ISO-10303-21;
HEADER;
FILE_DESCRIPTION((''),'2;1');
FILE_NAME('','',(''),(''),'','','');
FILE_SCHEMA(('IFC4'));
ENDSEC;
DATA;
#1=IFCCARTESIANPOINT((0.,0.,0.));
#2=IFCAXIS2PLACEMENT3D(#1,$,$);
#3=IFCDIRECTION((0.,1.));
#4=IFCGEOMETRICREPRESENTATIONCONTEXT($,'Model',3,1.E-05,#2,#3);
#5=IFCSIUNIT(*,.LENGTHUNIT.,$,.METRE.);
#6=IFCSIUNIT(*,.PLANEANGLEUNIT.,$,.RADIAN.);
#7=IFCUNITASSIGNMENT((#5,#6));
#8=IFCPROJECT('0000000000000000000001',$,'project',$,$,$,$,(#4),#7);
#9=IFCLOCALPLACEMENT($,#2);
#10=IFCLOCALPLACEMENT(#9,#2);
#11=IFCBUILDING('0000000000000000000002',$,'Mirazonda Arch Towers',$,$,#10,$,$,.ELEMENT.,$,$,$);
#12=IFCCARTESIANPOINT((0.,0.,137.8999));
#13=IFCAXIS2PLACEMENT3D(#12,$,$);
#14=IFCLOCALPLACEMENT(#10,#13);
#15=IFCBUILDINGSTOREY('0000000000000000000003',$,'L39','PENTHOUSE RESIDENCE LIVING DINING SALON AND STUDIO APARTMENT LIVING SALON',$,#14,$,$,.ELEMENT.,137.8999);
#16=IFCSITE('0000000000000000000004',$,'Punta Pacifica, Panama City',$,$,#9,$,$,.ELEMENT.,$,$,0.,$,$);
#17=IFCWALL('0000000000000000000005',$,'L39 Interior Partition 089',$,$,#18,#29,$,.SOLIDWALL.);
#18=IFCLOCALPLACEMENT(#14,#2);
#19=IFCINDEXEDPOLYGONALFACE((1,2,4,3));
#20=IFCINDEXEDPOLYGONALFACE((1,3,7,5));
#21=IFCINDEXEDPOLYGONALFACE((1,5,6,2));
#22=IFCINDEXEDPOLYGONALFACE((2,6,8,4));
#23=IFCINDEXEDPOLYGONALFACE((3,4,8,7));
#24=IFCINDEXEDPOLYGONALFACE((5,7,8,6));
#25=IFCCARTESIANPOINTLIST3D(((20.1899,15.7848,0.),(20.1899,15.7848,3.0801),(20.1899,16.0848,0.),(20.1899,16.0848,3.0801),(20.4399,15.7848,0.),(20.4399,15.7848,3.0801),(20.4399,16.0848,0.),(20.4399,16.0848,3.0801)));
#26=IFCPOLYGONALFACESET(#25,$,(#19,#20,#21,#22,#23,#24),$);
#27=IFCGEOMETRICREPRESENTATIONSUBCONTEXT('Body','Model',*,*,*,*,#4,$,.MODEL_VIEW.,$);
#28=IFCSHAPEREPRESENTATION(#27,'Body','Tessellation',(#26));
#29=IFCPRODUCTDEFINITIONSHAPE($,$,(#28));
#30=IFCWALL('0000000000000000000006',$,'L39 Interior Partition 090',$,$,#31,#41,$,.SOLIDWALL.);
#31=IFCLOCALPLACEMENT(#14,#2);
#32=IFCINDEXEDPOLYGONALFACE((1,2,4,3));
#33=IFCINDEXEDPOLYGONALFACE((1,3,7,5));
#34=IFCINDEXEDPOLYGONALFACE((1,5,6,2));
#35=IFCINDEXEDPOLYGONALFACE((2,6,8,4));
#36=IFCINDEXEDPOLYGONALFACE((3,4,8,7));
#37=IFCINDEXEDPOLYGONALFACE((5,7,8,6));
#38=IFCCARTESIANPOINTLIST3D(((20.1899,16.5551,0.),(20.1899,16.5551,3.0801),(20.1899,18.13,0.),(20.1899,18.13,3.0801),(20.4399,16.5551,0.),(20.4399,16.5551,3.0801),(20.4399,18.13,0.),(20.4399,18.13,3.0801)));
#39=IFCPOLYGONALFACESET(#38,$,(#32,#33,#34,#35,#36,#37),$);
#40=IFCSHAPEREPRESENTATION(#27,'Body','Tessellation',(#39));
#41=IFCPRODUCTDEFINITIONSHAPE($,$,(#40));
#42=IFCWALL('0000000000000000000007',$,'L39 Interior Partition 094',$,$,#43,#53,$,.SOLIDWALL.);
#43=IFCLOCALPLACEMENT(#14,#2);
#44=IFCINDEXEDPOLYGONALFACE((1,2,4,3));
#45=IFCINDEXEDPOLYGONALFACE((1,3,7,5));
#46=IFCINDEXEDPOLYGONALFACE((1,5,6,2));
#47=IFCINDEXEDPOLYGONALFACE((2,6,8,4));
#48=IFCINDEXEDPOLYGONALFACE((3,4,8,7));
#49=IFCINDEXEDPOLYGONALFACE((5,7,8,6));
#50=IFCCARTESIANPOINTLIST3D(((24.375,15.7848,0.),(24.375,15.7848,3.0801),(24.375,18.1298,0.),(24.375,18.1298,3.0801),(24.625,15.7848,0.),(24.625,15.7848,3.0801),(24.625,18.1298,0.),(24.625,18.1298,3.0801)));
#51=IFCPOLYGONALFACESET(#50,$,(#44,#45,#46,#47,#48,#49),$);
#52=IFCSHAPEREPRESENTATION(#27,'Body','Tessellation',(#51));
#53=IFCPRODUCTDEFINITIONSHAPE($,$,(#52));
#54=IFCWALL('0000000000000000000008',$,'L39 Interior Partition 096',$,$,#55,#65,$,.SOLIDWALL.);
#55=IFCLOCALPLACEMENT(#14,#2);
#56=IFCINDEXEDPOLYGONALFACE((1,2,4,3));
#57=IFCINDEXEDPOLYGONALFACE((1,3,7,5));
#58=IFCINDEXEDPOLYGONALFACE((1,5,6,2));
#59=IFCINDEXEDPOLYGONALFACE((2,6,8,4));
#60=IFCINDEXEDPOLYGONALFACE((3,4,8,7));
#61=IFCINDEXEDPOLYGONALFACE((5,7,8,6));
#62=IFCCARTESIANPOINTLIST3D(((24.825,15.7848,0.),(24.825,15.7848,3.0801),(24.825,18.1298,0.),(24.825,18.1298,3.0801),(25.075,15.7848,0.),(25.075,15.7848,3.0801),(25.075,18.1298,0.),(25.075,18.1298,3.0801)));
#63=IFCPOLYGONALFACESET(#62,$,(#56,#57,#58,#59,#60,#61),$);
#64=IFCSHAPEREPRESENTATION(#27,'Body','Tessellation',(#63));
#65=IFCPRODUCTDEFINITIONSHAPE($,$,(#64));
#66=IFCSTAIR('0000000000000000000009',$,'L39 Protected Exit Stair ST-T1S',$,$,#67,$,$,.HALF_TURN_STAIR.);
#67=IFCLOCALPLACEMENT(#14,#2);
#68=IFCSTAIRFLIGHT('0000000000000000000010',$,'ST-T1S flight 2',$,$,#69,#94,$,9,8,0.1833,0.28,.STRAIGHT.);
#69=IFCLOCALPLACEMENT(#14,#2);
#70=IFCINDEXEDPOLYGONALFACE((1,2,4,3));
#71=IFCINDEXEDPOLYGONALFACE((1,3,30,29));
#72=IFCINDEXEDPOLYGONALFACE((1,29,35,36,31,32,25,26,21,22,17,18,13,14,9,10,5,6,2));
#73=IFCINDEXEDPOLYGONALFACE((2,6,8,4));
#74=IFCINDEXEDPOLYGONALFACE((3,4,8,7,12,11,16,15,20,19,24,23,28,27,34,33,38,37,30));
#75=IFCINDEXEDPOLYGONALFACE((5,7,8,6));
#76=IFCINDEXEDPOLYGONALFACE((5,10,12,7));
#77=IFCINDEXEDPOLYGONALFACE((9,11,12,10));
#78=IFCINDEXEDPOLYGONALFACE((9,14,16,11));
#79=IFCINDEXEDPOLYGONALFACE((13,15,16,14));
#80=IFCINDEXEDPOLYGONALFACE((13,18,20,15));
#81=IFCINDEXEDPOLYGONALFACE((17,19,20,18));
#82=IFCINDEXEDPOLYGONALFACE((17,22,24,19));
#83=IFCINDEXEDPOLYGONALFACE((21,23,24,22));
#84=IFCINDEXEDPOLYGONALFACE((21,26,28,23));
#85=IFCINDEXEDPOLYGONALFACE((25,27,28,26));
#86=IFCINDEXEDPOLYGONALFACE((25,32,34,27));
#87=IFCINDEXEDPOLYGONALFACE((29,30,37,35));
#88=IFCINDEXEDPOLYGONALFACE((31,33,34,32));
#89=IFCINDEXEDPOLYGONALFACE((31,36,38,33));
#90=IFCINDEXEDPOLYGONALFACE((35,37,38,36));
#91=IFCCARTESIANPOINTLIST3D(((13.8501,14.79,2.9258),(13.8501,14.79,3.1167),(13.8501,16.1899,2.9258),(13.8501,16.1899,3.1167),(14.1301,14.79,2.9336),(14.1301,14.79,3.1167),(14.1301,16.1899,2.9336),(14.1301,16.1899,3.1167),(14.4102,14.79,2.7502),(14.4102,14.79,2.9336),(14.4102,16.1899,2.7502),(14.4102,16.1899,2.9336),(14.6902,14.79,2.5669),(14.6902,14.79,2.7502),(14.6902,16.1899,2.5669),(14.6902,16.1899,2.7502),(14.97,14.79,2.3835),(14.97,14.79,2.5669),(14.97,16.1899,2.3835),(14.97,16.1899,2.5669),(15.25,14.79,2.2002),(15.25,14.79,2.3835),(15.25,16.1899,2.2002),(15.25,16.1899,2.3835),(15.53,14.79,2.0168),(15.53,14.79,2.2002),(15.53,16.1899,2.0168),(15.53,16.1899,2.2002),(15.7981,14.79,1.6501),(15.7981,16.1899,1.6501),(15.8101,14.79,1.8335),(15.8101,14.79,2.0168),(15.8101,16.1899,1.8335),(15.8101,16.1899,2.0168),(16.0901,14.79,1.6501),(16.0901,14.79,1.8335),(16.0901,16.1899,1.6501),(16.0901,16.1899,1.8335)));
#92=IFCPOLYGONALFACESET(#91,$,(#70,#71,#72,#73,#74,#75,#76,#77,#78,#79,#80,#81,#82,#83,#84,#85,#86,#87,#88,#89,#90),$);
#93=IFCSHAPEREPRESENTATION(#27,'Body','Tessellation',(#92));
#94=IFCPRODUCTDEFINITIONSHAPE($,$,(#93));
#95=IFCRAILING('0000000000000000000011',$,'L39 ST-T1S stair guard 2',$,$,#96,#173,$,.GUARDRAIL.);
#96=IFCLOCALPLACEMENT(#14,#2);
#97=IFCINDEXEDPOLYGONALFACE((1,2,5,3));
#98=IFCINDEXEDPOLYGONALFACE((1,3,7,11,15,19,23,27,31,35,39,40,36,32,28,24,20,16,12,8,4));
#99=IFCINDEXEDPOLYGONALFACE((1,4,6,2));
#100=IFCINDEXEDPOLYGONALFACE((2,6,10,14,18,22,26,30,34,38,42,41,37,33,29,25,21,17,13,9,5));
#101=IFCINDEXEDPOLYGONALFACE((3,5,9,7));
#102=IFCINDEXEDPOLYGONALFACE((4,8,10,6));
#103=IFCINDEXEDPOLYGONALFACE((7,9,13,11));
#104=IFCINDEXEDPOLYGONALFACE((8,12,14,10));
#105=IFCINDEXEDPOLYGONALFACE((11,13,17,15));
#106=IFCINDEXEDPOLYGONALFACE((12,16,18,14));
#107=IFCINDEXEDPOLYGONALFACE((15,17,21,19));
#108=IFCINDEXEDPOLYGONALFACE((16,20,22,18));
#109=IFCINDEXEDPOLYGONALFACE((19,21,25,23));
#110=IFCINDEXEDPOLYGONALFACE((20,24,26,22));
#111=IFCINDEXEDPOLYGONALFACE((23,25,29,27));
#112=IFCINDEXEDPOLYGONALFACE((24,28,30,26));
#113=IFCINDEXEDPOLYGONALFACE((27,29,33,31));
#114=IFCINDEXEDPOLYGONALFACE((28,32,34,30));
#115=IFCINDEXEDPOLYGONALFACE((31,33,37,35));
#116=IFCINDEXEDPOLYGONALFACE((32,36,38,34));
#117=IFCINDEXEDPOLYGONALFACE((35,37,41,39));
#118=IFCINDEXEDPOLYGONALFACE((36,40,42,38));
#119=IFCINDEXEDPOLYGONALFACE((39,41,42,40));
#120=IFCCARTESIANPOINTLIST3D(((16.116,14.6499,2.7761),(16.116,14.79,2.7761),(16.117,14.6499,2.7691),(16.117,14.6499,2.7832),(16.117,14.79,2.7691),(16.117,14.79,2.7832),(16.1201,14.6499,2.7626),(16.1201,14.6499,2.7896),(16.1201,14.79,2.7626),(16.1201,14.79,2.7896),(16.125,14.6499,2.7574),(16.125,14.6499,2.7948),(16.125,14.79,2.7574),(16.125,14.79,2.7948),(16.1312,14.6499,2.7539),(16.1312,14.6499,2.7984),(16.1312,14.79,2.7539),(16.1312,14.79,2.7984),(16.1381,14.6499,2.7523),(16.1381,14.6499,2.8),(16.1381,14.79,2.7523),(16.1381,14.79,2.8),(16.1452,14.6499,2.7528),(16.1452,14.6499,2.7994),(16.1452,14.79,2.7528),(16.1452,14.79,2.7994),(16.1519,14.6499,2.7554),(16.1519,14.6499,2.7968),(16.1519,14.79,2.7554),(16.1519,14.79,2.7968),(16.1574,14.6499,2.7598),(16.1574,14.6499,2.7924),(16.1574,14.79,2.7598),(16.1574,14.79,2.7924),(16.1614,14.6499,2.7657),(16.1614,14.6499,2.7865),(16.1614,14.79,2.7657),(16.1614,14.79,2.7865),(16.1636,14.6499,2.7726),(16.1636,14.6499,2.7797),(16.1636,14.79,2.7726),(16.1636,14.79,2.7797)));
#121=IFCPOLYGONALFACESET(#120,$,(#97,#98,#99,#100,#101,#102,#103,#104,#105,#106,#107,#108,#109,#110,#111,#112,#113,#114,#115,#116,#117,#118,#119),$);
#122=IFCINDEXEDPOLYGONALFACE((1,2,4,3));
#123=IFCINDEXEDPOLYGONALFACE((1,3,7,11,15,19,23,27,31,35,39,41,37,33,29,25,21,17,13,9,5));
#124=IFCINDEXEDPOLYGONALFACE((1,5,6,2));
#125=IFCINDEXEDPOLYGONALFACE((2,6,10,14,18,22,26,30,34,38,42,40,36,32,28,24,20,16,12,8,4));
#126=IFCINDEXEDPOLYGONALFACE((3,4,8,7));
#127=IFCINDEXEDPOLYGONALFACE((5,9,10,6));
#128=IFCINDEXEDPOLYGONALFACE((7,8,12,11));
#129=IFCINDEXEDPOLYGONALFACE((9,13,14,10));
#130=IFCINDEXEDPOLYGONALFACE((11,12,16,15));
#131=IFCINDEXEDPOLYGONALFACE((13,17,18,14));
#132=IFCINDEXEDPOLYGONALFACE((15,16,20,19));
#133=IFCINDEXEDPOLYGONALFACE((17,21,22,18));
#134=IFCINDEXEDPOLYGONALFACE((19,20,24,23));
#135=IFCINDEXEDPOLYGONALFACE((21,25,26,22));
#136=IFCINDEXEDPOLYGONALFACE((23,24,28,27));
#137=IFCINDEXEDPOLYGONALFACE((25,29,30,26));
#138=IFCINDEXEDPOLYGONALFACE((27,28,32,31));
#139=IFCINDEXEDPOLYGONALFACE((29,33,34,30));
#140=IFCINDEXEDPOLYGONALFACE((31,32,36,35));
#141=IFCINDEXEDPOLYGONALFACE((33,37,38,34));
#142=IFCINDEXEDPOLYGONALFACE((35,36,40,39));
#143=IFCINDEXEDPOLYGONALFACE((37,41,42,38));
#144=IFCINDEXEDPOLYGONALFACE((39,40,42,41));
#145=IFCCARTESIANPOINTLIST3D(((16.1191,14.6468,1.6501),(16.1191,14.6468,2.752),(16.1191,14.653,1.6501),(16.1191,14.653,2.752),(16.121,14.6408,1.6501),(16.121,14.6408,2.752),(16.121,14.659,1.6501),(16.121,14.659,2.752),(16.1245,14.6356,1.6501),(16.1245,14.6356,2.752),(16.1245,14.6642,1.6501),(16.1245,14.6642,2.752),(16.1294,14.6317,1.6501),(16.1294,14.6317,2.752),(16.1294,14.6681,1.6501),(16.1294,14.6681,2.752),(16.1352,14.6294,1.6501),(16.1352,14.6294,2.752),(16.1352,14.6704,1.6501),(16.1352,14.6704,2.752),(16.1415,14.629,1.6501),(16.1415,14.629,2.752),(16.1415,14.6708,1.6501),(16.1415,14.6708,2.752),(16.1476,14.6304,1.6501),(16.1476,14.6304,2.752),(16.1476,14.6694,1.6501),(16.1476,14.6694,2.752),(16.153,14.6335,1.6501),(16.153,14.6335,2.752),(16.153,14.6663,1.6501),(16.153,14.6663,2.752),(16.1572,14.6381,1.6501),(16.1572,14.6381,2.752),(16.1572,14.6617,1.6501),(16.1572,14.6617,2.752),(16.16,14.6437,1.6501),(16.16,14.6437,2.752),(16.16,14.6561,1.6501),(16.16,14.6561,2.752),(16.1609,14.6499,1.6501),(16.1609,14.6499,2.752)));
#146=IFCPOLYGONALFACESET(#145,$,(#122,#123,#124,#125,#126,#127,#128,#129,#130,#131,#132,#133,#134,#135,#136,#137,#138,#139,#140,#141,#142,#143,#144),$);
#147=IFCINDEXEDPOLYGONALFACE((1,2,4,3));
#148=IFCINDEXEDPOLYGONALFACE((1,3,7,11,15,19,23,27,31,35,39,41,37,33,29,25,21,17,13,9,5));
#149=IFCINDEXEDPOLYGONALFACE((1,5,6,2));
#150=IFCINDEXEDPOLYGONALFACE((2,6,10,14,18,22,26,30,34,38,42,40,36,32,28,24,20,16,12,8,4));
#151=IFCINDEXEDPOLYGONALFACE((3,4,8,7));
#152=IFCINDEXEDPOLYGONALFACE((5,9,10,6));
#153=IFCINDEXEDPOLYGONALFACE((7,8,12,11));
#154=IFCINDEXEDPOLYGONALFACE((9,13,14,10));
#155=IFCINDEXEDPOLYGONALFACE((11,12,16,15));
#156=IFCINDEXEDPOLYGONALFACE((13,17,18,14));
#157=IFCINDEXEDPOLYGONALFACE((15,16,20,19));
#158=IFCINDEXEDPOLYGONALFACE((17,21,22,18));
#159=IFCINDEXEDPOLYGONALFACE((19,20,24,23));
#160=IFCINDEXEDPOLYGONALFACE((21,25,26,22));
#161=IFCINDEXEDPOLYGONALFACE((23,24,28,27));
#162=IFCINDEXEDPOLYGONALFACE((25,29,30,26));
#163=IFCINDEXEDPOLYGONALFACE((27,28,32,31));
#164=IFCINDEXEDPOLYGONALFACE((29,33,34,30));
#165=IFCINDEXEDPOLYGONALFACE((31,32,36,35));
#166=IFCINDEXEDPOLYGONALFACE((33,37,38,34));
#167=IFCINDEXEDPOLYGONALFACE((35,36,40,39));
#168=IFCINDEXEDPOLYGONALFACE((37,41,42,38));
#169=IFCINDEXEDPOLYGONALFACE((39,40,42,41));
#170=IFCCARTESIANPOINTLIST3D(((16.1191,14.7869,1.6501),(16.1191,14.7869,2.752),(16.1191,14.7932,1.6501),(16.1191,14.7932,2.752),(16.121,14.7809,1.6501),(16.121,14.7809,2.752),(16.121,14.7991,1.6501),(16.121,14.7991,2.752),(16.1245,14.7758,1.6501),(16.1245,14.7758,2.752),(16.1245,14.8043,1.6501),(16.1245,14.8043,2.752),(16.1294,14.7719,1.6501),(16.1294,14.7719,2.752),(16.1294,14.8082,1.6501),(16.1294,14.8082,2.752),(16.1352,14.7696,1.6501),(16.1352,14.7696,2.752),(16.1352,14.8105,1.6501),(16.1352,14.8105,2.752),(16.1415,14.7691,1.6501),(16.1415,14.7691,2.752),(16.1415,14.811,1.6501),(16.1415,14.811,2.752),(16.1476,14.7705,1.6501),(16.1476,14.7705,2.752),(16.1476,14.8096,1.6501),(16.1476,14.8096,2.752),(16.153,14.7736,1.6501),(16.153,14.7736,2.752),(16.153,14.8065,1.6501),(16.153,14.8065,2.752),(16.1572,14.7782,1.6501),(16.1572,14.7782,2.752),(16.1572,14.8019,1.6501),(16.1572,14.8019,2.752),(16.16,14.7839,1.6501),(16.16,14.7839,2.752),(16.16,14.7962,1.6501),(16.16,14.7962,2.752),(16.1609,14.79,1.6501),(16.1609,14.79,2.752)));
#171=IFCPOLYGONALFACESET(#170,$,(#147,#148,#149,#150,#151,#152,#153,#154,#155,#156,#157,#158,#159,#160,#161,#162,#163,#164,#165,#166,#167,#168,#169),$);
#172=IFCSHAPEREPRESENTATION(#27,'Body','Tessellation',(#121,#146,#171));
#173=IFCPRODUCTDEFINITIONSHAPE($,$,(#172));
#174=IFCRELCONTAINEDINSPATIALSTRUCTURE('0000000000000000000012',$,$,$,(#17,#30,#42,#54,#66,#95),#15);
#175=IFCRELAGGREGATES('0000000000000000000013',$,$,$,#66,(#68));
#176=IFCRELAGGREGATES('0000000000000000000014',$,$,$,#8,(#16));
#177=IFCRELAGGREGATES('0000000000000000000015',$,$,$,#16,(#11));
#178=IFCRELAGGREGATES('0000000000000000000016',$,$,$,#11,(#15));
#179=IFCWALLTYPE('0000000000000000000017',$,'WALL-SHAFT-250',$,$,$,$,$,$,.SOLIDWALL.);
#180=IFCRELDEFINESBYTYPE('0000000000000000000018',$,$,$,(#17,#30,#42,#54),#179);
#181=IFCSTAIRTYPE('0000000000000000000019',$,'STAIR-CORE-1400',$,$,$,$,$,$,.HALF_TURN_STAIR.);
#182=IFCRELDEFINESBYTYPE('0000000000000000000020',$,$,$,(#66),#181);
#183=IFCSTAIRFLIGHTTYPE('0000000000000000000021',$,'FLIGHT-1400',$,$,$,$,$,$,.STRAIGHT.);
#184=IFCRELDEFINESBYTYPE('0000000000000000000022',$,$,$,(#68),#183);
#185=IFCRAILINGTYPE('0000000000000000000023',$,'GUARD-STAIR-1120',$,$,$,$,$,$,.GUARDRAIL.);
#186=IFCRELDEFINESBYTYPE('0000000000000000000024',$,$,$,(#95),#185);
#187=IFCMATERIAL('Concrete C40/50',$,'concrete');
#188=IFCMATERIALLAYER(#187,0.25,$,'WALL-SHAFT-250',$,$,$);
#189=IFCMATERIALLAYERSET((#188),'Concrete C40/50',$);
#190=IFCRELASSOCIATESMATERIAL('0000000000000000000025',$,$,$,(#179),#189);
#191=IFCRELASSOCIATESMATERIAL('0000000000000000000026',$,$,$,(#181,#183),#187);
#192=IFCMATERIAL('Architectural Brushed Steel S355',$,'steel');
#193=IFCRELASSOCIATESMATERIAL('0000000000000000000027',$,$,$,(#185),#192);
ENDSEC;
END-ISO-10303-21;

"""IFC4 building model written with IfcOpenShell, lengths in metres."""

from ifc_helpers import new_model, si_unit, direction, frame, frame_2d, origin, origin_2d, place, context, subcontext, project, spatial, polyline, rectangle, circle, outline, extrude, material, layer, layer_set, type_object, element, aggregate, save


model = new_model("IFC4")

# Units and contexts
model_context = context("Model", 3, precision=1e-05, world=origin(), true_north=direction((0.0, 1.0)))
body_context = subcontext(model_context, "Body", "Model", "MODEL_VIEW")
ifc_project = project(units=[si_unit("LENGTHUNIT", "METRE"), si_unit("PLANEANGLEUNIT", "RADIAN")], contexts=[model_context])

# Site, building, storey
site_placement = place(None, origin())
site = spatial("IfcSite", under=ifc_project, at=site_placement, Name="Punta Pacifica, Panama City", CompositionType="ELEMENT", RefElevation=0.0)
building_placement = place(site_placement, origin())
building = spatial("IfcBuilding", under=site, at=building_placement, Name="Mirazonda Arch Towers", CompositionType="ELEMENT")
storey_placement = place(building_placement, frame((0.0, 0.0, 137.8999)))
storey = spatial("IfcBuildingStorey", under=building, at=storey_placement, Name="L39", Description="PENTHOUSE RESIDENCE LIVING DINING SALON AND STUDIO APARTMENT LIVING SALON", CompositionType="ELEMENT", Elevation=137.8999)

# Shared definitions
ifc_material_1 = material(Name="Architectural Brushed Steel S355", Category="steel")

# Walls
ifc_material_2 = material(Name="Concrete C40/50", Category="concrete")
ifc_layer_1 = layer(ifc_material_2, 0.25, Name="WALL-SHAFT-250")
ifc_layer_set_1 = layer_set([ifc_layer_1], Name="Concrete C40/50")
wall_type_1 = type_object("IfcWallType", Name="WALL-SHAFT-250", PredefinedType="SOLIDWALL", material=ifc_layer_set_1)
wall_1_placement = place(storey_placement, frame((20.3149, 15.7849, 0.0), z_axis=(0.0, 0.0, 1.0), x_axis=(0.0, 1.0, 0.0)))
element("IfcWall", 1, at=wall_1_placement, inside=storey, type_object=wall_type_1, Name="L39 Interior Partition 089", PredefinedType="SOLIDWALL", context=body_context, shape_type="SweptSolid", body=[
    extrude(rectangle(XDim=0.3, YDim=0.25, at=frame_2d((0.1499, 0.0))), origin(), (0.0, 0.0, 1.0), 3.0801),
])
wall_2_placement = place(storey_placement, frame((20.3149, 16.5549, 0.0), z_axis=(0.0, 0.0, 1.0), x_axis=(0.0, 1.0, 0.0)))
element("IfcWall", 2, at=wall_2_placement, inside=storey, type_object=wall_type_1, Name="L39 Interior Partition 090", PredefinedType="SOLIDWALL", context=body_context, shape_type="SweptSolid", body=[
    extrude(rectangle(XDim=1.575, YDim=0.25, at=frame_2d((0.7876, 0.0))), origin(), (0.0, 0.0, 1.0), 3.0801),
])
for number, where, z_axis, x_axis, name in (
    (3, (24.5, 15.7849, 0.0), (0.0, 0.0, 1.0), (0.0, 1.0, 0.0), "L39 Interior Partition 094"),
    (4, (24.95, 15.7849, 0.0), (0.0, 0.0, 1.0), (0.0, 1.0, 0.0), "L39 Interior Partition 096"),
):
    element("IfcWall", number, at=place(storey_placement, frame(where, z_axis=z_axis, x_axis=x_axis)), inside=storey, type_object=wall_type_1, Name=name, PredefinedType="SOLIDWALL", context=body_context, shape_type="SweptSolid", body=[
        extrude(rectangle(XDim=2.345, YDim=0.25, at=frame_2d((1.1724, 0.0))), origin(), (0.0, 0.0, 1.0), 3.0801),
    ])

# Stair, stair flight
stair_type = type_object("IfcStairType", Name="STAIR-CORE-1400", PredefinedType="HALF_TURN_STAIR", material=ifc_material_2)
stair_placement = place(storey_placement, origin())
stair = element("IfcStair", 5, at=stair_placement, inside=storey, type_object=stair_type, Name="L39 Protected Exit Stair ST-T1S", PredefinedType="HALF_TURN_STAIR")
stair_flight_type = type_object("IfcStairFlightType", Name="FLIGHT-1400", PredefinedType="STRAIGHT", material=ifc_material_2)
stair_flight_placement = place(storey_placement, frame((16.0901, 15.49, 1.6501), z_axis=(0.0, 0.0, 1.0), x_axis=(-1.0, 0.0, 0.0)))
stair_flight = element("IfcStairFlight", 6, at=stair_flight_placement, type_object=stair_flight_type, Name="ST-T1S flight 2", NumberOfRisers=9, NumberOfTreads=8, PredefinedType="STRAIGHT", RiserHeight=0.1833, TreadLength=0.28, context=body_context, shape_type="SweptSolid", body=[
    extrude(outline(polyline([(0.0, 0.0), (0.0, 0.1833), (0.28, 0.1833), (0.28, 0.3667), (0.5601, 0.3667), (0.5601, 0.55), (0.8401, 0.55), (0.8401, 0.7334), (1.1201, 0.7334), (1.1201, 0.9167), (1.3999, 0.9167), (1.3999, 1.1001), (1.6799, 1.1001), (1.6799, 1.2834), (1.96, 1.2834), (1.96, 1.4666), (2.24, 1.4666), (2.24, 1.6499), (2.24, 1.2756), (0.292, 0.0), (0.0, 0.0)])), frame((0.0, 0.7, 0.0), z_axis=(0.0, -1.0, 0.0), x_axis=(1.0, 0.0, 0.0)), (0.0, 0.0, 1.0), 1.3999),
])
aggregate(stair, [stair_flight])

# Railing
railing_type_1 = type_object("IfcRailingType", Name="GUARD-STAIR-1120", PredefinedType="GUARDRAIL", material=ifc_material_1)
railing_1_placement = place(storey_placement, frame((16.1399, 14.6499, 1.6501)))
element("IfcRailing", 7, at=railing_1_placement, inside=storey, type_object=railing_type_1, Name="L39 ST-T1S stair guard 2", PredefinedType="GUARDRAIL", context=body_context, shape_type="SweptSolid", body=[
    extrude(circle(Radius=0.0239, at=origin_2d()), frame((0.0, 0.0, 1.126), z_axis=(0.0, 1.0, 0.0), x_axis=(-1.0, 0.0, 0.0)), (0.0, 0.0, 1.0), 0.1401),
    extrude(circle(Radius=0.021, at=origin_2d()), origin(), (0.0, 0.0, 1.0), 1.1018),
    extrude(circle(Radius=0.021, at=origin_2d()), frame((0.0, 0.1401, 0.0)), (0.0, 0.0, 1.0), 1.1018),
])

save(model, "model.ifc")
